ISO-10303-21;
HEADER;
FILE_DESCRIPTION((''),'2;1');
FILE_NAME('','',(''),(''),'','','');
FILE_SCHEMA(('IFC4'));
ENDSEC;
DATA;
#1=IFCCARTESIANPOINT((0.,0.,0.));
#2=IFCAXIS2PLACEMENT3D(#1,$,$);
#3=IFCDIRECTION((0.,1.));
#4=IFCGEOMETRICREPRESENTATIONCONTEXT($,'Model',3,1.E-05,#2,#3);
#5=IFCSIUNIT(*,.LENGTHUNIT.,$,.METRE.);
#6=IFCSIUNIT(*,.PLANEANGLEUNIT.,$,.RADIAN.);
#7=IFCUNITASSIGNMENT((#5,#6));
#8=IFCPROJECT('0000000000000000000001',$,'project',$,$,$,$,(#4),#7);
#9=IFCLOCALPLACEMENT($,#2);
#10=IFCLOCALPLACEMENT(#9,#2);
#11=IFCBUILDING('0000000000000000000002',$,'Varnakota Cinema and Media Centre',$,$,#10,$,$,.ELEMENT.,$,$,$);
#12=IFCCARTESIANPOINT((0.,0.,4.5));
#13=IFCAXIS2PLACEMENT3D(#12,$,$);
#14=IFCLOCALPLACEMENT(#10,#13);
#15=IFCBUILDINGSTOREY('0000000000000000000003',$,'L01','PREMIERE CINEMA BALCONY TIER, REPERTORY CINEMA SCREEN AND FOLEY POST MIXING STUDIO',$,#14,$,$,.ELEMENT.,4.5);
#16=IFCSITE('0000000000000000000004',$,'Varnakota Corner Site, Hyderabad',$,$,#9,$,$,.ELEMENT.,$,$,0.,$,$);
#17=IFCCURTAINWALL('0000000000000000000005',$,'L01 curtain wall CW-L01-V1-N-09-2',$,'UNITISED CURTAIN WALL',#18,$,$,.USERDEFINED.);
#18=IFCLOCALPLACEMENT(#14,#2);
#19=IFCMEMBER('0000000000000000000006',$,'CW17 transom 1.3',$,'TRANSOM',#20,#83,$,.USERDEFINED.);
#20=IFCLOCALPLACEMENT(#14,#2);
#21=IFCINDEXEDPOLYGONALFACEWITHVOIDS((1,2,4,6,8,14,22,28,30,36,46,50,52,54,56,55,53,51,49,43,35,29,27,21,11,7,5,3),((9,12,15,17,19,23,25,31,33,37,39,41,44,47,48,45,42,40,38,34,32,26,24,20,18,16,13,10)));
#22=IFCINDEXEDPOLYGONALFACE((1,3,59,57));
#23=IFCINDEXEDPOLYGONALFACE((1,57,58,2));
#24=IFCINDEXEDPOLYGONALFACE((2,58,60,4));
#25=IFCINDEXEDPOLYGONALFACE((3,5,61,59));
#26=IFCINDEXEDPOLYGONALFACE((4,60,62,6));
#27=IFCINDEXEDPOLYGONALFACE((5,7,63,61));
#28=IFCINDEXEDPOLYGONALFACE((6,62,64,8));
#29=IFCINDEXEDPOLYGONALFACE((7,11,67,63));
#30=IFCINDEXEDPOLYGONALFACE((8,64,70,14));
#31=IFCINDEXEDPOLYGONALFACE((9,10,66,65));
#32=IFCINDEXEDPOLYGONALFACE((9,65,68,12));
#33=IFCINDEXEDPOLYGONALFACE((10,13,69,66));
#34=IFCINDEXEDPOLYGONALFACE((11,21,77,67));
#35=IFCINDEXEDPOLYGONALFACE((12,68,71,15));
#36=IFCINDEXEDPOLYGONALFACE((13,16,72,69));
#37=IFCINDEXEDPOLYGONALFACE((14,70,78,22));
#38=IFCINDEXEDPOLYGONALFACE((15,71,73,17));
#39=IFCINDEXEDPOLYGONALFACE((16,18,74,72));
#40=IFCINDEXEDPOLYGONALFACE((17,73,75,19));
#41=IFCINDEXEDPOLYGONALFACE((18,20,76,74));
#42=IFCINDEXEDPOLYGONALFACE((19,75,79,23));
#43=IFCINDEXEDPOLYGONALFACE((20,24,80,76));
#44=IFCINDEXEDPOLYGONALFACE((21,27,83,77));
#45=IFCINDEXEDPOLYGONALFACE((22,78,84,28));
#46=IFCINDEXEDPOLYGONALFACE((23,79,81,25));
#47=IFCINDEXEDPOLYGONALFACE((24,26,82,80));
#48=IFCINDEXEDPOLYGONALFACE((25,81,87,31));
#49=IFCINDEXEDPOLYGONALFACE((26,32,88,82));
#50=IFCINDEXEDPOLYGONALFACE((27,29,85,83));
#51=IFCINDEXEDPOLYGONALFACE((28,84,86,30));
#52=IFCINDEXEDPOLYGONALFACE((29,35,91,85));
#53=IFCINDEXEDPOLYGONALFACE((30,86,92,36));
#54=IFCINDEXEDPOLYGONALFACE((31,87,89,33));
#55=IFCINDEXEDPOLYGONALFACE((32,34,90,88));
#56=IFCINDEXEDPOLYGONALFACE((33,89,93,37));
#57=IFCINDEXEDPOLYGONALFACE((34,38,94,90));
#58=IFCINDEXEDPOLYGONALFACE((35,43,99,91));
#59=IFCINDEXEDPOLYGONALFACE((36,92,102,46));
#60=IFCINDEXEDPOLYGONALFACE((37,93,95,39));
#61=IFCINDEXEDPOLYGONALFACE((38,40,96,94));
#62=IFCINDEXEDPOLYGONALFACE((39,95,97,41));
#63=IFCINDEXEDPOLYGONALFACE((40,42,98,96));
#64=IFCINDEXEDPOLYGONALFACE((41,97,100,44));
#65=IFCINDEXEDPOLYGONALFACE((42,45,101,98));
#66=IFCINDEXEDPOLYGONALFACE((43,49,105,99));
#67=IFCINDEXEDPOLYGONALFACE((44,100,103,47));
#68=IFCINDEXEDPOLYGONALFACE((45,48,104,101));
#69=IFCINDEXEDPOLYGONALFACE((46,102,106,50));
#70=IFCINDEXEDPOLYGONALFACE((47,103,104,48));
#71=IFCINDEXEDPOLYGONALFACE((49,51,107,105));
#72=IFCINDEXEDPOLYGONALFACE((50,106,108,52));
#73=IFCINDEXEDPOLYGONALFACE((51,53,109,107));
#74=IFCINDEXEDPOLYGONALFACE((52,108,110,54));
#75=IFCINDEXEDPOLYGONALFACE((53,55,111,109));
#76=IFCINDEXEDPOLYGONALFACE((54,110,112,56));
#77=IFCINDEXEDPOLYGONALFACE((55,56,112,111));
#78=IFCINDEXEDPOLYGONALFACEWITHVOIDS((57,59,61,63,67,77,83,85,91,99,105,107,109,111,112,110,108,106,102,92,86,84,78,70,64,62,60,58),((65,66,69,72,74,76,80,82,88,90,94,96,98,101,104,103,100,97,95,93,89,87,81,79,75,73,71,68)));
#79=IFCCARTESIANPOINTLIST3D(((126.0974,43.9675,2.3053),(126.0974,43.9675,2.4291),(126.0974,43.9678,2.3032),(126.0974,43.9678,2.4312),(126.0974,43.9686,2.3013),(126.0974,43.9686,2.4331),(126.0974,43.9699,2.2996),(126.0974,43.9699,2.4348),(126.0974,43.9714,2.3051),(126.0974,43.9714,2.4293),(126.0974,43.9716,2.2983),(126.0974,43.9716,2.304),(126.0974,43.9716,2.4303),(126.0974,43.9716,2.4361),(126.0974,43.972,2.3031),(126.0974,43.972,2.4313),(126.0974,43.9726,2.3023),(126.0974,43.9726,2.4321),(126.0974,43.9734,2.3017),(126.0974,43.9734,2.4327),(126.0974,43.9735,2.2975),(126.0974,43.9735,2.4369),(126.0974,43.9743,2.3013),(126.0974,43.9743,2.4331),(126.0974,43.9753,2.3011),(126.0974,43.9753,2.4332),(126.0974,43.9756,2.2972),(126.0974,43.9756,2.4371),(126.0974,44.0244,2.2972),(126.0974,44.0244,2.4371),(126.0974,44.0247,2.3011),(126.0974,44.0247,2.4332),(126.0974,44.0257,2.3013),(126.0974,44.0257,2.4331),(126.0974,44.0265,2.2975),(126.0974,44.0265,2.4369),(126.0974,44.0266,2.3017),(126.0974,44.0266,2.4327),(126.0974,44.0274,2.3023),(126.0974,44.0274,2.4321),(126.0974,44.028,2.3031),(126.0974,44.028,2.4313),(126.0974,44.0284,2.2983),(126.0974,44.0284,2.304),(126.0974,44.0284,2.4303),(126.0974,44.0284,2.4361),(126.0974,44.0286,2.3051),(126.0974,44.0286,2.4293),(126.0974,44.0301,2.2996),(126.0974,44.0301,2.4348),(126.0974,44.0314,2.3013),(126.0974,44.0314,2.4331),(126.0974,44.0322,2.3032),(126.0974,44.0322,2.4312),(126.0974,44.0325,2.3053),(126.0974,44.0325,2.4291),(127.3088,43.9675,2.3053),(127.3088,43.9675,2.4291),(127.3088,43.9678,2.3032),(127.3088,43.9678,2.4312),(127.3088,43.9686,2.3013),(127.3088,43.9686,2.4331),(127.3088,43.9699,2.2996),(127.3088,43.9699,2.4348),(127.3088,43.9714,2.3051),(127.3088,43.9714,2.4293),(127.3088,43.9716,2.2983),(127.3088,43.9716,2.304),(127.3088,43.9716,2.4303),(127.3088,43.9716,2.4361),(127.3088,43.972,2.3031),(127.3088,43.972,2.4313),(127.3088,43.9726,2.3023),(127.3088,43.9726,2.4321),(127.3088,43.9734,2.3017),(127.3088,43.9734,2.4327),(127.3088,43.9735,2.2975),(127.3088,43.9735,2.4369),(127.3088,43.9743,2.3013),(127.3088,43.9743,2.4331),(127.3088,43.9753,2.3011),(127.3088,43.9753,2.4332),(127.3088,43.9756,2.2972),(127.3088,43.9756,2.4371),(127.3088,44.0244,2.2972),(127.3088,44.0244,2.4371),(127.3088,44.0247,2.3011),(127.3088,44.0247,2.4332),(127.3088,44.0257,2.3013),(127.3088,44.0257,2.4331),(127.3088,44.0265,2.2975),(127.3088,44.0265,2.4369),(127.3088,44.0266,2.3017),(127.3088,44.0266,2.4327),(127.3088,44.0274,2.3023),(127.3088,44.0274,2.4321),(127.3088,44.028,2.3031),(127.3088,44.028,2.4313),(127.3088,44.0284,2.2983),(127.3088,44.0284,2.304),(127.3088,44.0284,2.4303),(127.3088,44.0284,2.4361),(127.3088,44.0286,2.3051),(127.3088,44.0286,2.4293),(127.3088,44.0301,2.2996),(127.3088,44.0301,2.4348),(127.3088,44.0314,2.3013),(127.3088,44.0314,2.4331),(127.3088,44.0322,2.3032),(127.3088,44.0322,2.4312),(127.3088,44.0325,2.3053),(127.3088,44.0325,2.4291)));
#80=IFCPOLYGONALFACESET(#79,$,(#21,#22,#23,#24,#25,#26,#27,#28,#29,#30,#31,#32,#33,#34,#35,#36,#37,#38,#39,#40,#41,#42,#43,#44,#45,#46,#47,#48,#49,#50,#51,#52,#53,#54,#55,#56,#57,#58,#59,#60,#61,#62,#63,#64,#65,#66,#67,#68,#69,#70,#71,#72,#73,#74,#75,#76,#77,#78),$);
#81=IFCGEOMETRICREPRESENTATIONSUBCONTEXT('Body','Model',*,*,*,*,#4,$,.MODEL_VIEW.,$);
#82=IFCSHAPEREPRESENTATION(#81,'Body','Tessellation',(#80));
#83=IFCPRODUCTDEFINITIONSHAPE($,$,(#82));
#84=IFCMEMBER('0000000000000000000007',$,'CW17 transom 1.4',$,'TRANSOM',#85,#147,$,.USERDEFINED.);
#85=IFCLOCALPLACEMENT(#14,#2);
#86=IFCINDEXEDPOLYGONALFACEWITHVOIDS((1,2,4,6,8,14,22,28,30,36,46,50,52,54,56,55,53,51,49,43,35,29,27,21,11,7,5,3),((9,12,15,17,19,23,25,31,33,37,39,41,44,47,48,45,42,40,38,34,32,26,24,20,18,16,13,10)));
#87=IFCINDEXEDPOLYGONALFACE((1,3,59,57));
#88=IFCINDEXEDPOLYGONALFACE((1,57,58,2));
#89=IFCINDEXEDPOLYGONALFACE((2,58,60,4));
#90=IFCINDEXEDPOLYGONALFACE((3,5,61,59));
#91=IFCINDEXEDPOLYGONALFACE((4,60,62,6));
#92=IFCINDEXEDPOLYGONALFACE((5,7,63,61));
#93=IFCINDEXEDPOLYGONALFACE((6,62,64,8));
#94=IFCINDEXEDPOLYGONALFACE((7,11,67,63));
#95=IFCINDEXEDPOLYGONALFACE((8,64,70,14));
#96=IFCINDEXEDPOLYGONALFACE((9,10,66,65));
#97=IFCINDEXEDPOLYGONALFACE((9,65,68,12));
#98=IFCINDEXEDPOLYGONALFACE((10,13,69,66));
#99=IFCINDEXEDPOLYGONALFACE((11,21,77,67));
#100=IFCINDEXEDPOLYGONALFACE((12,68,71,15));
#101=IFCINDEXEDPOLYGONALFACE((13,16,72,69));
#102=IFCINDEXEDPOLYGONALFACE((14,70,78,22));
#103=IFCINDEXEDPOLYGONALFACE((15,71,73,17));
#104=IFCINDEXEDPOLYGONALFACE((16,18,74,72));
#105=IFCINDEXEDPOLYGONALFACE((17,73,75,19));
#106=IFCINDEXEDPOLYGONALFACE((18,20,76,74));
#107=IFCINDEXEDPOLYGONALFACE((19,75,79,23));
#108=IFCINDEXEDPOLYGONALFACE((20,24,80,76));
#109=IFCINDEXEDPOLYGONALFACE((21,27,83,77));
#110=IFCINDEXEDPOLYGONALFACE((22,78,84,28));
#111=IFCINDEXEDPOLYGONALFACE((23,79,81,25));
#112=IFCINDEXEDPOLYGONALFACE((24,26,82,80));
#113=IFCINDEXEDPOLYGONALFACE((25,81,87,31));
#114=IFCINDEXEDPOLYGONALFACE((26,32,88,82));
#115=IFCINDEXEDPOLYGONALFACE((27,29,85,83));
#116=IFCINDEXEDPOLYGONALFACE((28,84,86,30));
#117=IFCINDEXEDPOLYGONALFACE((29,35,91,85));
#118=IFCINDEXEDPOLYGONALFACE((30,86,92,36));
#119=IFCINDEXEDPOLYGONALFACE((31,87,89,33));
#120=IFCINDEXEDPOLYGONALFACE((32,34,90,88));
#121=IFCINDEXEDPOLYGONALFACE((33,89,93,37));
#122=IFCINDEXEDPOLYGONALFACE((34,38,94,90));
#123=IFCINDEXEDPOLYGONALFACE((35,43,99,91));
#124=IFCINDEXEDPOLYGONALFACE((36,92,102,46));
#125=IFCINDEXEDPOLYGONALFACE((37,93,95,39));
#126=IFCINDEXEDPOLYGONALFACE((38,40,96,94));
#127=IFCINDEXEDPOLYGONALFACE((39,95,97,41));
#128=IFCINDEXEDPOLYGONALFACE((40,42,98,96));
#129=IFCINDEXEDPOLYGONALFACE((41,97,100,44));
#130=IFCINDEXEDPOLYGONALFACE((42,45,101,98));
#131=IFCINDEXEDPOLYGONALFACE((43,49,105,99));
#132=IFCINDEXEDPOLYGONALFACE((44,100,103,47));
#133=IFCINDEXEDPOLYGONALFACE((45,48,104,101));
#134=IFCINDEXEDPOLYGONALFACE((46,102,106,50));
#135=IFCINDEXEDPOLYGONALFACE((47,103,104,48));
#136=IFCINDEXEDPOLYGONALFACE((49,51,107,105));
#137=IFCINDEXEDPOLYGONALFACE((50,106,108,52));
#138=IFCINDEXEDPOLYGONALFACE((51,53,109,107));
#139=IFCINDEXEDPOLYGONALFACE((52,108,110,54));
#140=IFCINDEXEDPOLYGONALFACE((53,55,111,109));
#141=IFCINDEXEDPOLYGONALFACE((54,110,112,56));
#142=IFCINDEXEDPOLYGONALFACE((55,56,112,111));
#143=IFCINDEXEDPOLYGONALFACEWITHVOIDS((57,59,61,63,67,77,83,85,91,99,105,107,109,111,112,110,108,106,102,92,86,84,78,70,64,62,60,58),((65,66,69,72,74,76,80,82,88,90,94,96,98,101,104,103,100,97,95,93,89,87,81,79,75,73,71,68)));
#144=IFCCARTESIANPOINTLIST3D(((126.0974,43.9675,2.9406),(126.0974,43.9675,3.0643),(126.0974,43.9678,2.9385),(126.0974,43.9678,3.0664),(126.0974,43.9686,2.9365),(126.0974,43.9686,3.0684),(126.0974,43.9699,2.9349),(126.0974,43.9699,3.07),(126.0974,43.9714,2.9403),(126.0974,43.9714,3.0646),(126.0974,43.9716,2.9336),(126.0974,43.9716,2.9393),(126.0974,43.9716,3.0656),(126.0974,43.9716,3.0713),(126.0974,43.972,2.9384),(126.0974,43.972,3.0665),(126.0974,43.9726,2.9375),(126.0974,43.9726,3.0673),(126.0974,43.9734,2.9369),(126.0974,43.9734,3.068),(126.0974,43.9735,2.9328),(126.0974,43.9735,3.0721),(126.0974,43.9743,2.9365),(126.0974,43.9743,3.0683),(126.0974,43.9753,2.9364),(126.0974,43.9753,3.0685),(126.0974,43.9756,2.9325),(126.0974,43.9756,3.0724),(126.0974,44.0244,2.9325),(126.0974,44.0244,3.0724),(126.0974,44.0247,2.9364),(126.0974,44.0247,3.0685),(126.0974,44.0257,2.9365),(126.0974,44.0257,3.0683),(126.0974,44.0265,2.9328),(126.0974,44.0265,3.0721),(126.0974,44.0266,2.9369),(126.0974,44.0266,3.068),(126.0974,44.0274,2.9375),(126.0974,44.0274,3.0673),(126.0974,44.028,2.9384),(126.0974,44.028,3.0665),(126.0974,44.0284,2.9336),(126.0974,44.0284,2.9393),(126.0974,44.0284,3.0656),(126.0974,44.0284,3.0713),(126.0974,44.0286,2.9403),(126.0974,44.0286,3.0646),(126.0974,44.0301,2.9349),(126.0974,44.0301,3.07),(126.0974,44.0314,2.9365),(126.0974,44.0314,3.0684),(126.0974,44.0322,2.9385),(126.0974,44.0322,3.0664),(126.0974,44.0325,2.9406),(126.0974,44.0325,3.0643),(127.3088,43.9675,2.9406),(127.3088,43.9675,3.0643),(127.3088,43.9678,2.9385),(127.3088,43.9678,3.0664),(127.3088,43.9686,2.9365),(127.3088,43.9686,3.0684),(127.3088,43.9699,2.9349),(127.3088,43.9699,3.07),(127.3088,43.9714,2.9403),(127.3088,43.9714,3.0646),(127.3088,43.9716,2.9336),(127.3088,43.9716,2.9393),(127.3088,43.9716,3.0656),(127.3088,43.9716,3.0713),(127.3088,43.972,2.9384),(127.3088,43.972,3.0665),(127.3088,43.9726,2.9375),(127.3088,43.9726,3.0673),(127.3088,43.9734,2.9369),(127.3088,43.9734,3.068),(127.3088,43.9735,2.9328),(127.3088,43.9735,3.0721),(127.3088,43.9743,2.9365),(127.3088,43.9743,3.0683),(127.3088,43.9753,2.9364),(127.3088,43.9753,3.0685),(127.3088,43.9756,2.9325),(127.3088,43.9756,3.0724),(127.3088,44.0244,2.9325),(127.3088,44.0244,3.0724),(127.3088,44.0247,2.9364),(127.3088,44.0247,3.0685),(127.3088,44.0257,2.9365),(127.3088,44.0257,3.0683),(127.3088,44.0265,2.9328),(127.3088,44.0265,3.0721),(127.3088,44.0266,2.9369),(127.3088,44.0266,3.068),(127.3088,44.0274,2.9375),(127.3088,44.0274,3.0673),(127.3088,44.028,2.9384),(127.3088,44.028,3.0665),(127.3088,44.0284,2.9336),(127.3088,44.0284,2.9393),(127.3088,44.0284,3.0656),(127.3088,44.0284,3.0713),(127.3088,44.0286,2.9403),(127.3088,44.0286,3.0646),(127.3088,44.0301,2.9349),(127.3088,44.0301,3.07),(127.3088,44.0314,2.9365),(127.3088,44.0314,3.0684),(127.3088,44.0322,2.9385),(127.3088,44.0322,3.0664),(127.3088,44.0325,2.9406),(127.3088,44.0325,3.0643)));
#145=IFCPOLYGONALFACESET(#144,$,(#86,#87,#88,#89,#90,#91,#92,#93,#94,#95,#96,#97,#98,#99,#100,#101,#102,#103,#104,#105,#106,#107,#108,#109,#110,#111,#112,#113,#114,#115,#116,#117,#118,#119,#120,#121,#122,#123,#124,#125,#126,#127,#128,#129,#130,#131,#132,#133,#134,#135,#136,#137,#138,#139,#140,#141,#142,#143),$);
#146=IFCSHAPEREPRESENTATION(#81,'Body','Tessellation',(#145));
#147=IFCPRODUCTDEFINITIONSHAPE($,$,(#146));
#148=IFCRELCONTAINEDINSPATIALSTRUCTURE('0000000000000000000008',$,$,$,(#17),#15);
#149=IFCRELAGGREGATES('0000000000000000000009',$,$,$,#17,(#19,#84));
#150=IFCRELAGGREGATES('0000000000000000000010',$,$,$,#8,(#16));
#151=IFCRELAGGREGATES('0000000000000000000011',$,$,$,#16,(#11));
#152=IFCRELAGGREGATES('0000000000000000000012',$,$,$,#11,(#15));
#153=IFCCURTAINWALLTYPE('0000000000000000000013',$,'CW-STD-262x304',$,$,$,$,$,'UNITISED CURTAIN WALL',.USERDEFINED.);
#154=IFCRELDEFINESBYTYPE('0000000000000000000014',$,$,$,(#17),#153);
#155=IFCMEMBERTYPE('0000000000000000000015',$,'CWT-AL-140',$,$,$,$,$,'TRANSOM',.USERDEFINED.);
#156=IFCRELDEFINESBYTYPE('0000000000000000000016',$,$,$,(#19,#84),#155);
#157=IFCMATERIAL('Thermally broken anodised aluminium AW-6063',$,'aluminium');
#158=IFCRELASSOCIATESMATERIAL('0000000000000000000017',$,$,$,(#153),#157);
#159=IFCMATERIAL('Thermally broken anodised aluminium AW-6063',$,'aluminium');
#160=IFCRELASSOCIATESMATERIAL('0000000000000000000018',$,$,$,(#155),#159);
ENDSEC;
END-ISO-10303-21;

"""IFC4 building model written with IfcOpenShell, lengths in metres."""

from ifc_helpers import new_model, si_unit, direction, frame, origin, origin_2d, place, context, subcontext, project, spatial, hollow_rectangle, extrude, material, material_profile, profile_set, type_object, element, aggregate, save


model = new_model("IFC4")

# Units and contexts
model_context = context("Model", 3, precision=1e-05, world=origin(), true_north=direction((0.0, 1.0)))
body_context = subcontext(model_context, "Body", "Model", "MODEL_VIEW")
ifc_project = project(units=[si_unit("LENGTHUNIT", "METRE"), si_unit("PLANEANGLEUNIT", "RADIAN")], contexts=[model_context])

# Site, building, storey
site_placement = place(None, origin())
site = spatial("IfcSite", under=ifc_project, at=site_placement, Name="Varnakota Corner Site, Hyderabad", CompositionType="ELEMENT", RefElevation=0.0)
building_placement = place(site_placement, origin())
building = spatial("IfcBuilding", under=site, at=building_placement, Name="Varnakota Cinema and Media Centre", CompositionType="ELEMENT")
storey_placement = place(building_placement, frame((0.0, 0.0, 4.5)))
storey = spatial("IfcBuildingStorey", under=building, at=storey_placement, Name="L01", Description="PREMIERE CINEMA BALCONY TIER, REPERTORY CINEMA SCREEN AND FOLEY POST MIXING STUDIO", CompositionType="ELEMENT", Elevation=4.5)

# Curtain wall
ifc_material_1 = material(Name="Thermally broken anodised aluminium AW-6063", Category="aluminium")
curtain_wall_type = type_object("IfcCurtainWallType", Name="CW-STD-262x304", ElementType="UNITISED CURTAIN WALL", PredefinedType="USERDEFINED", material=ifc_material_1)
curtain_wall_1_placement = place(storey_placement, origin())
curtain_wall_1 = element("IfcCurtainWall", 1, at=curtain_wall_1_placement, inside=storey, type_object=curtain_wall_type, Name="L01 curtain wall CW-L01-V1-N-09-2", ObjectType="UNITISED CURTAIN WALL", PredefinedType="USERDEFINED")

# Members
ifc_material_2 = material(Name="Thermally broken anodised aluminium AW-6063", Category="aluminium")
ifc_material_profile_1 = material_profile(ifc_material_2, hollow_rectangle(XDim=0.0649, YDim=0.1399, WallThickness=0.0039, InnerFilletRadius=0.0039, OuterFilletRadius=0.0081, at=origin_2d()), Name="AL-TRANSOM 140x65x4")
ifc_profile_set_1 = profile_set([ifc_material_profile_1], Name="Thermally broken anodised aluminium AW-6063")
member_type_1 = type_object("IfcMemberType", Name="CWT-AL-140", ElementType="TRANSOM", PredefinedType="USERDEFINED", material=ifc_profile_set_1)
member_1_placement = place(storey_placement, frame((126.0974, 44.0, 2.3672), z_axis=(1.0, 0.0, 0.0), x_axis=(0.0, 1.0, 0.0)))
member_1 = element("IfcMember", 2, at=member_1_placement, type_object=member_type_1, Name="CW17 transom 1.3", ObjectType="TRANSOM", PredefinedType="USERDEFINED", context=body_context, shape_type="SweptSolid", body=[
    extrude(hollow_rectangle(XDim=0.0649, YDim=0.1399, WallThickness=0.0039, InnerFilletRadius=0.0039, OuterFilletRadius=0.0081, at=origin_2d()), origin(), (0.0, 0.0, 1.0), 1.2114),
])
member_2_placement = place(storey_placement, frame((126.0974, 44.0, 3.0024), z_axis=(1.0, 0.0, 0.0), x_axis=(0.0, 1.0, 0.0)))
member_2 = element("IfcMember", 3, at=member_2_placement, type_object=member_type_1, Name="CW17 transom 1.4", ObjectType="TRANSOM", PredefinedType="USERDEFINED", context=body_context, shape_type="SweptSolid", body=[
    extrude(hollow_rectangle(XDim=0.0649, YDim=0.1399, WallThickness=0.0039, InnerFilletRadius=0.0039, OuterFilletRadius=0.0081, at=origin_2d()), origin(), (0.0, 0.0, 1.0), 1.2114),
])

aggregate(curtain_wall_1, [member_1, member_2])

save(model, "model.ifc")
